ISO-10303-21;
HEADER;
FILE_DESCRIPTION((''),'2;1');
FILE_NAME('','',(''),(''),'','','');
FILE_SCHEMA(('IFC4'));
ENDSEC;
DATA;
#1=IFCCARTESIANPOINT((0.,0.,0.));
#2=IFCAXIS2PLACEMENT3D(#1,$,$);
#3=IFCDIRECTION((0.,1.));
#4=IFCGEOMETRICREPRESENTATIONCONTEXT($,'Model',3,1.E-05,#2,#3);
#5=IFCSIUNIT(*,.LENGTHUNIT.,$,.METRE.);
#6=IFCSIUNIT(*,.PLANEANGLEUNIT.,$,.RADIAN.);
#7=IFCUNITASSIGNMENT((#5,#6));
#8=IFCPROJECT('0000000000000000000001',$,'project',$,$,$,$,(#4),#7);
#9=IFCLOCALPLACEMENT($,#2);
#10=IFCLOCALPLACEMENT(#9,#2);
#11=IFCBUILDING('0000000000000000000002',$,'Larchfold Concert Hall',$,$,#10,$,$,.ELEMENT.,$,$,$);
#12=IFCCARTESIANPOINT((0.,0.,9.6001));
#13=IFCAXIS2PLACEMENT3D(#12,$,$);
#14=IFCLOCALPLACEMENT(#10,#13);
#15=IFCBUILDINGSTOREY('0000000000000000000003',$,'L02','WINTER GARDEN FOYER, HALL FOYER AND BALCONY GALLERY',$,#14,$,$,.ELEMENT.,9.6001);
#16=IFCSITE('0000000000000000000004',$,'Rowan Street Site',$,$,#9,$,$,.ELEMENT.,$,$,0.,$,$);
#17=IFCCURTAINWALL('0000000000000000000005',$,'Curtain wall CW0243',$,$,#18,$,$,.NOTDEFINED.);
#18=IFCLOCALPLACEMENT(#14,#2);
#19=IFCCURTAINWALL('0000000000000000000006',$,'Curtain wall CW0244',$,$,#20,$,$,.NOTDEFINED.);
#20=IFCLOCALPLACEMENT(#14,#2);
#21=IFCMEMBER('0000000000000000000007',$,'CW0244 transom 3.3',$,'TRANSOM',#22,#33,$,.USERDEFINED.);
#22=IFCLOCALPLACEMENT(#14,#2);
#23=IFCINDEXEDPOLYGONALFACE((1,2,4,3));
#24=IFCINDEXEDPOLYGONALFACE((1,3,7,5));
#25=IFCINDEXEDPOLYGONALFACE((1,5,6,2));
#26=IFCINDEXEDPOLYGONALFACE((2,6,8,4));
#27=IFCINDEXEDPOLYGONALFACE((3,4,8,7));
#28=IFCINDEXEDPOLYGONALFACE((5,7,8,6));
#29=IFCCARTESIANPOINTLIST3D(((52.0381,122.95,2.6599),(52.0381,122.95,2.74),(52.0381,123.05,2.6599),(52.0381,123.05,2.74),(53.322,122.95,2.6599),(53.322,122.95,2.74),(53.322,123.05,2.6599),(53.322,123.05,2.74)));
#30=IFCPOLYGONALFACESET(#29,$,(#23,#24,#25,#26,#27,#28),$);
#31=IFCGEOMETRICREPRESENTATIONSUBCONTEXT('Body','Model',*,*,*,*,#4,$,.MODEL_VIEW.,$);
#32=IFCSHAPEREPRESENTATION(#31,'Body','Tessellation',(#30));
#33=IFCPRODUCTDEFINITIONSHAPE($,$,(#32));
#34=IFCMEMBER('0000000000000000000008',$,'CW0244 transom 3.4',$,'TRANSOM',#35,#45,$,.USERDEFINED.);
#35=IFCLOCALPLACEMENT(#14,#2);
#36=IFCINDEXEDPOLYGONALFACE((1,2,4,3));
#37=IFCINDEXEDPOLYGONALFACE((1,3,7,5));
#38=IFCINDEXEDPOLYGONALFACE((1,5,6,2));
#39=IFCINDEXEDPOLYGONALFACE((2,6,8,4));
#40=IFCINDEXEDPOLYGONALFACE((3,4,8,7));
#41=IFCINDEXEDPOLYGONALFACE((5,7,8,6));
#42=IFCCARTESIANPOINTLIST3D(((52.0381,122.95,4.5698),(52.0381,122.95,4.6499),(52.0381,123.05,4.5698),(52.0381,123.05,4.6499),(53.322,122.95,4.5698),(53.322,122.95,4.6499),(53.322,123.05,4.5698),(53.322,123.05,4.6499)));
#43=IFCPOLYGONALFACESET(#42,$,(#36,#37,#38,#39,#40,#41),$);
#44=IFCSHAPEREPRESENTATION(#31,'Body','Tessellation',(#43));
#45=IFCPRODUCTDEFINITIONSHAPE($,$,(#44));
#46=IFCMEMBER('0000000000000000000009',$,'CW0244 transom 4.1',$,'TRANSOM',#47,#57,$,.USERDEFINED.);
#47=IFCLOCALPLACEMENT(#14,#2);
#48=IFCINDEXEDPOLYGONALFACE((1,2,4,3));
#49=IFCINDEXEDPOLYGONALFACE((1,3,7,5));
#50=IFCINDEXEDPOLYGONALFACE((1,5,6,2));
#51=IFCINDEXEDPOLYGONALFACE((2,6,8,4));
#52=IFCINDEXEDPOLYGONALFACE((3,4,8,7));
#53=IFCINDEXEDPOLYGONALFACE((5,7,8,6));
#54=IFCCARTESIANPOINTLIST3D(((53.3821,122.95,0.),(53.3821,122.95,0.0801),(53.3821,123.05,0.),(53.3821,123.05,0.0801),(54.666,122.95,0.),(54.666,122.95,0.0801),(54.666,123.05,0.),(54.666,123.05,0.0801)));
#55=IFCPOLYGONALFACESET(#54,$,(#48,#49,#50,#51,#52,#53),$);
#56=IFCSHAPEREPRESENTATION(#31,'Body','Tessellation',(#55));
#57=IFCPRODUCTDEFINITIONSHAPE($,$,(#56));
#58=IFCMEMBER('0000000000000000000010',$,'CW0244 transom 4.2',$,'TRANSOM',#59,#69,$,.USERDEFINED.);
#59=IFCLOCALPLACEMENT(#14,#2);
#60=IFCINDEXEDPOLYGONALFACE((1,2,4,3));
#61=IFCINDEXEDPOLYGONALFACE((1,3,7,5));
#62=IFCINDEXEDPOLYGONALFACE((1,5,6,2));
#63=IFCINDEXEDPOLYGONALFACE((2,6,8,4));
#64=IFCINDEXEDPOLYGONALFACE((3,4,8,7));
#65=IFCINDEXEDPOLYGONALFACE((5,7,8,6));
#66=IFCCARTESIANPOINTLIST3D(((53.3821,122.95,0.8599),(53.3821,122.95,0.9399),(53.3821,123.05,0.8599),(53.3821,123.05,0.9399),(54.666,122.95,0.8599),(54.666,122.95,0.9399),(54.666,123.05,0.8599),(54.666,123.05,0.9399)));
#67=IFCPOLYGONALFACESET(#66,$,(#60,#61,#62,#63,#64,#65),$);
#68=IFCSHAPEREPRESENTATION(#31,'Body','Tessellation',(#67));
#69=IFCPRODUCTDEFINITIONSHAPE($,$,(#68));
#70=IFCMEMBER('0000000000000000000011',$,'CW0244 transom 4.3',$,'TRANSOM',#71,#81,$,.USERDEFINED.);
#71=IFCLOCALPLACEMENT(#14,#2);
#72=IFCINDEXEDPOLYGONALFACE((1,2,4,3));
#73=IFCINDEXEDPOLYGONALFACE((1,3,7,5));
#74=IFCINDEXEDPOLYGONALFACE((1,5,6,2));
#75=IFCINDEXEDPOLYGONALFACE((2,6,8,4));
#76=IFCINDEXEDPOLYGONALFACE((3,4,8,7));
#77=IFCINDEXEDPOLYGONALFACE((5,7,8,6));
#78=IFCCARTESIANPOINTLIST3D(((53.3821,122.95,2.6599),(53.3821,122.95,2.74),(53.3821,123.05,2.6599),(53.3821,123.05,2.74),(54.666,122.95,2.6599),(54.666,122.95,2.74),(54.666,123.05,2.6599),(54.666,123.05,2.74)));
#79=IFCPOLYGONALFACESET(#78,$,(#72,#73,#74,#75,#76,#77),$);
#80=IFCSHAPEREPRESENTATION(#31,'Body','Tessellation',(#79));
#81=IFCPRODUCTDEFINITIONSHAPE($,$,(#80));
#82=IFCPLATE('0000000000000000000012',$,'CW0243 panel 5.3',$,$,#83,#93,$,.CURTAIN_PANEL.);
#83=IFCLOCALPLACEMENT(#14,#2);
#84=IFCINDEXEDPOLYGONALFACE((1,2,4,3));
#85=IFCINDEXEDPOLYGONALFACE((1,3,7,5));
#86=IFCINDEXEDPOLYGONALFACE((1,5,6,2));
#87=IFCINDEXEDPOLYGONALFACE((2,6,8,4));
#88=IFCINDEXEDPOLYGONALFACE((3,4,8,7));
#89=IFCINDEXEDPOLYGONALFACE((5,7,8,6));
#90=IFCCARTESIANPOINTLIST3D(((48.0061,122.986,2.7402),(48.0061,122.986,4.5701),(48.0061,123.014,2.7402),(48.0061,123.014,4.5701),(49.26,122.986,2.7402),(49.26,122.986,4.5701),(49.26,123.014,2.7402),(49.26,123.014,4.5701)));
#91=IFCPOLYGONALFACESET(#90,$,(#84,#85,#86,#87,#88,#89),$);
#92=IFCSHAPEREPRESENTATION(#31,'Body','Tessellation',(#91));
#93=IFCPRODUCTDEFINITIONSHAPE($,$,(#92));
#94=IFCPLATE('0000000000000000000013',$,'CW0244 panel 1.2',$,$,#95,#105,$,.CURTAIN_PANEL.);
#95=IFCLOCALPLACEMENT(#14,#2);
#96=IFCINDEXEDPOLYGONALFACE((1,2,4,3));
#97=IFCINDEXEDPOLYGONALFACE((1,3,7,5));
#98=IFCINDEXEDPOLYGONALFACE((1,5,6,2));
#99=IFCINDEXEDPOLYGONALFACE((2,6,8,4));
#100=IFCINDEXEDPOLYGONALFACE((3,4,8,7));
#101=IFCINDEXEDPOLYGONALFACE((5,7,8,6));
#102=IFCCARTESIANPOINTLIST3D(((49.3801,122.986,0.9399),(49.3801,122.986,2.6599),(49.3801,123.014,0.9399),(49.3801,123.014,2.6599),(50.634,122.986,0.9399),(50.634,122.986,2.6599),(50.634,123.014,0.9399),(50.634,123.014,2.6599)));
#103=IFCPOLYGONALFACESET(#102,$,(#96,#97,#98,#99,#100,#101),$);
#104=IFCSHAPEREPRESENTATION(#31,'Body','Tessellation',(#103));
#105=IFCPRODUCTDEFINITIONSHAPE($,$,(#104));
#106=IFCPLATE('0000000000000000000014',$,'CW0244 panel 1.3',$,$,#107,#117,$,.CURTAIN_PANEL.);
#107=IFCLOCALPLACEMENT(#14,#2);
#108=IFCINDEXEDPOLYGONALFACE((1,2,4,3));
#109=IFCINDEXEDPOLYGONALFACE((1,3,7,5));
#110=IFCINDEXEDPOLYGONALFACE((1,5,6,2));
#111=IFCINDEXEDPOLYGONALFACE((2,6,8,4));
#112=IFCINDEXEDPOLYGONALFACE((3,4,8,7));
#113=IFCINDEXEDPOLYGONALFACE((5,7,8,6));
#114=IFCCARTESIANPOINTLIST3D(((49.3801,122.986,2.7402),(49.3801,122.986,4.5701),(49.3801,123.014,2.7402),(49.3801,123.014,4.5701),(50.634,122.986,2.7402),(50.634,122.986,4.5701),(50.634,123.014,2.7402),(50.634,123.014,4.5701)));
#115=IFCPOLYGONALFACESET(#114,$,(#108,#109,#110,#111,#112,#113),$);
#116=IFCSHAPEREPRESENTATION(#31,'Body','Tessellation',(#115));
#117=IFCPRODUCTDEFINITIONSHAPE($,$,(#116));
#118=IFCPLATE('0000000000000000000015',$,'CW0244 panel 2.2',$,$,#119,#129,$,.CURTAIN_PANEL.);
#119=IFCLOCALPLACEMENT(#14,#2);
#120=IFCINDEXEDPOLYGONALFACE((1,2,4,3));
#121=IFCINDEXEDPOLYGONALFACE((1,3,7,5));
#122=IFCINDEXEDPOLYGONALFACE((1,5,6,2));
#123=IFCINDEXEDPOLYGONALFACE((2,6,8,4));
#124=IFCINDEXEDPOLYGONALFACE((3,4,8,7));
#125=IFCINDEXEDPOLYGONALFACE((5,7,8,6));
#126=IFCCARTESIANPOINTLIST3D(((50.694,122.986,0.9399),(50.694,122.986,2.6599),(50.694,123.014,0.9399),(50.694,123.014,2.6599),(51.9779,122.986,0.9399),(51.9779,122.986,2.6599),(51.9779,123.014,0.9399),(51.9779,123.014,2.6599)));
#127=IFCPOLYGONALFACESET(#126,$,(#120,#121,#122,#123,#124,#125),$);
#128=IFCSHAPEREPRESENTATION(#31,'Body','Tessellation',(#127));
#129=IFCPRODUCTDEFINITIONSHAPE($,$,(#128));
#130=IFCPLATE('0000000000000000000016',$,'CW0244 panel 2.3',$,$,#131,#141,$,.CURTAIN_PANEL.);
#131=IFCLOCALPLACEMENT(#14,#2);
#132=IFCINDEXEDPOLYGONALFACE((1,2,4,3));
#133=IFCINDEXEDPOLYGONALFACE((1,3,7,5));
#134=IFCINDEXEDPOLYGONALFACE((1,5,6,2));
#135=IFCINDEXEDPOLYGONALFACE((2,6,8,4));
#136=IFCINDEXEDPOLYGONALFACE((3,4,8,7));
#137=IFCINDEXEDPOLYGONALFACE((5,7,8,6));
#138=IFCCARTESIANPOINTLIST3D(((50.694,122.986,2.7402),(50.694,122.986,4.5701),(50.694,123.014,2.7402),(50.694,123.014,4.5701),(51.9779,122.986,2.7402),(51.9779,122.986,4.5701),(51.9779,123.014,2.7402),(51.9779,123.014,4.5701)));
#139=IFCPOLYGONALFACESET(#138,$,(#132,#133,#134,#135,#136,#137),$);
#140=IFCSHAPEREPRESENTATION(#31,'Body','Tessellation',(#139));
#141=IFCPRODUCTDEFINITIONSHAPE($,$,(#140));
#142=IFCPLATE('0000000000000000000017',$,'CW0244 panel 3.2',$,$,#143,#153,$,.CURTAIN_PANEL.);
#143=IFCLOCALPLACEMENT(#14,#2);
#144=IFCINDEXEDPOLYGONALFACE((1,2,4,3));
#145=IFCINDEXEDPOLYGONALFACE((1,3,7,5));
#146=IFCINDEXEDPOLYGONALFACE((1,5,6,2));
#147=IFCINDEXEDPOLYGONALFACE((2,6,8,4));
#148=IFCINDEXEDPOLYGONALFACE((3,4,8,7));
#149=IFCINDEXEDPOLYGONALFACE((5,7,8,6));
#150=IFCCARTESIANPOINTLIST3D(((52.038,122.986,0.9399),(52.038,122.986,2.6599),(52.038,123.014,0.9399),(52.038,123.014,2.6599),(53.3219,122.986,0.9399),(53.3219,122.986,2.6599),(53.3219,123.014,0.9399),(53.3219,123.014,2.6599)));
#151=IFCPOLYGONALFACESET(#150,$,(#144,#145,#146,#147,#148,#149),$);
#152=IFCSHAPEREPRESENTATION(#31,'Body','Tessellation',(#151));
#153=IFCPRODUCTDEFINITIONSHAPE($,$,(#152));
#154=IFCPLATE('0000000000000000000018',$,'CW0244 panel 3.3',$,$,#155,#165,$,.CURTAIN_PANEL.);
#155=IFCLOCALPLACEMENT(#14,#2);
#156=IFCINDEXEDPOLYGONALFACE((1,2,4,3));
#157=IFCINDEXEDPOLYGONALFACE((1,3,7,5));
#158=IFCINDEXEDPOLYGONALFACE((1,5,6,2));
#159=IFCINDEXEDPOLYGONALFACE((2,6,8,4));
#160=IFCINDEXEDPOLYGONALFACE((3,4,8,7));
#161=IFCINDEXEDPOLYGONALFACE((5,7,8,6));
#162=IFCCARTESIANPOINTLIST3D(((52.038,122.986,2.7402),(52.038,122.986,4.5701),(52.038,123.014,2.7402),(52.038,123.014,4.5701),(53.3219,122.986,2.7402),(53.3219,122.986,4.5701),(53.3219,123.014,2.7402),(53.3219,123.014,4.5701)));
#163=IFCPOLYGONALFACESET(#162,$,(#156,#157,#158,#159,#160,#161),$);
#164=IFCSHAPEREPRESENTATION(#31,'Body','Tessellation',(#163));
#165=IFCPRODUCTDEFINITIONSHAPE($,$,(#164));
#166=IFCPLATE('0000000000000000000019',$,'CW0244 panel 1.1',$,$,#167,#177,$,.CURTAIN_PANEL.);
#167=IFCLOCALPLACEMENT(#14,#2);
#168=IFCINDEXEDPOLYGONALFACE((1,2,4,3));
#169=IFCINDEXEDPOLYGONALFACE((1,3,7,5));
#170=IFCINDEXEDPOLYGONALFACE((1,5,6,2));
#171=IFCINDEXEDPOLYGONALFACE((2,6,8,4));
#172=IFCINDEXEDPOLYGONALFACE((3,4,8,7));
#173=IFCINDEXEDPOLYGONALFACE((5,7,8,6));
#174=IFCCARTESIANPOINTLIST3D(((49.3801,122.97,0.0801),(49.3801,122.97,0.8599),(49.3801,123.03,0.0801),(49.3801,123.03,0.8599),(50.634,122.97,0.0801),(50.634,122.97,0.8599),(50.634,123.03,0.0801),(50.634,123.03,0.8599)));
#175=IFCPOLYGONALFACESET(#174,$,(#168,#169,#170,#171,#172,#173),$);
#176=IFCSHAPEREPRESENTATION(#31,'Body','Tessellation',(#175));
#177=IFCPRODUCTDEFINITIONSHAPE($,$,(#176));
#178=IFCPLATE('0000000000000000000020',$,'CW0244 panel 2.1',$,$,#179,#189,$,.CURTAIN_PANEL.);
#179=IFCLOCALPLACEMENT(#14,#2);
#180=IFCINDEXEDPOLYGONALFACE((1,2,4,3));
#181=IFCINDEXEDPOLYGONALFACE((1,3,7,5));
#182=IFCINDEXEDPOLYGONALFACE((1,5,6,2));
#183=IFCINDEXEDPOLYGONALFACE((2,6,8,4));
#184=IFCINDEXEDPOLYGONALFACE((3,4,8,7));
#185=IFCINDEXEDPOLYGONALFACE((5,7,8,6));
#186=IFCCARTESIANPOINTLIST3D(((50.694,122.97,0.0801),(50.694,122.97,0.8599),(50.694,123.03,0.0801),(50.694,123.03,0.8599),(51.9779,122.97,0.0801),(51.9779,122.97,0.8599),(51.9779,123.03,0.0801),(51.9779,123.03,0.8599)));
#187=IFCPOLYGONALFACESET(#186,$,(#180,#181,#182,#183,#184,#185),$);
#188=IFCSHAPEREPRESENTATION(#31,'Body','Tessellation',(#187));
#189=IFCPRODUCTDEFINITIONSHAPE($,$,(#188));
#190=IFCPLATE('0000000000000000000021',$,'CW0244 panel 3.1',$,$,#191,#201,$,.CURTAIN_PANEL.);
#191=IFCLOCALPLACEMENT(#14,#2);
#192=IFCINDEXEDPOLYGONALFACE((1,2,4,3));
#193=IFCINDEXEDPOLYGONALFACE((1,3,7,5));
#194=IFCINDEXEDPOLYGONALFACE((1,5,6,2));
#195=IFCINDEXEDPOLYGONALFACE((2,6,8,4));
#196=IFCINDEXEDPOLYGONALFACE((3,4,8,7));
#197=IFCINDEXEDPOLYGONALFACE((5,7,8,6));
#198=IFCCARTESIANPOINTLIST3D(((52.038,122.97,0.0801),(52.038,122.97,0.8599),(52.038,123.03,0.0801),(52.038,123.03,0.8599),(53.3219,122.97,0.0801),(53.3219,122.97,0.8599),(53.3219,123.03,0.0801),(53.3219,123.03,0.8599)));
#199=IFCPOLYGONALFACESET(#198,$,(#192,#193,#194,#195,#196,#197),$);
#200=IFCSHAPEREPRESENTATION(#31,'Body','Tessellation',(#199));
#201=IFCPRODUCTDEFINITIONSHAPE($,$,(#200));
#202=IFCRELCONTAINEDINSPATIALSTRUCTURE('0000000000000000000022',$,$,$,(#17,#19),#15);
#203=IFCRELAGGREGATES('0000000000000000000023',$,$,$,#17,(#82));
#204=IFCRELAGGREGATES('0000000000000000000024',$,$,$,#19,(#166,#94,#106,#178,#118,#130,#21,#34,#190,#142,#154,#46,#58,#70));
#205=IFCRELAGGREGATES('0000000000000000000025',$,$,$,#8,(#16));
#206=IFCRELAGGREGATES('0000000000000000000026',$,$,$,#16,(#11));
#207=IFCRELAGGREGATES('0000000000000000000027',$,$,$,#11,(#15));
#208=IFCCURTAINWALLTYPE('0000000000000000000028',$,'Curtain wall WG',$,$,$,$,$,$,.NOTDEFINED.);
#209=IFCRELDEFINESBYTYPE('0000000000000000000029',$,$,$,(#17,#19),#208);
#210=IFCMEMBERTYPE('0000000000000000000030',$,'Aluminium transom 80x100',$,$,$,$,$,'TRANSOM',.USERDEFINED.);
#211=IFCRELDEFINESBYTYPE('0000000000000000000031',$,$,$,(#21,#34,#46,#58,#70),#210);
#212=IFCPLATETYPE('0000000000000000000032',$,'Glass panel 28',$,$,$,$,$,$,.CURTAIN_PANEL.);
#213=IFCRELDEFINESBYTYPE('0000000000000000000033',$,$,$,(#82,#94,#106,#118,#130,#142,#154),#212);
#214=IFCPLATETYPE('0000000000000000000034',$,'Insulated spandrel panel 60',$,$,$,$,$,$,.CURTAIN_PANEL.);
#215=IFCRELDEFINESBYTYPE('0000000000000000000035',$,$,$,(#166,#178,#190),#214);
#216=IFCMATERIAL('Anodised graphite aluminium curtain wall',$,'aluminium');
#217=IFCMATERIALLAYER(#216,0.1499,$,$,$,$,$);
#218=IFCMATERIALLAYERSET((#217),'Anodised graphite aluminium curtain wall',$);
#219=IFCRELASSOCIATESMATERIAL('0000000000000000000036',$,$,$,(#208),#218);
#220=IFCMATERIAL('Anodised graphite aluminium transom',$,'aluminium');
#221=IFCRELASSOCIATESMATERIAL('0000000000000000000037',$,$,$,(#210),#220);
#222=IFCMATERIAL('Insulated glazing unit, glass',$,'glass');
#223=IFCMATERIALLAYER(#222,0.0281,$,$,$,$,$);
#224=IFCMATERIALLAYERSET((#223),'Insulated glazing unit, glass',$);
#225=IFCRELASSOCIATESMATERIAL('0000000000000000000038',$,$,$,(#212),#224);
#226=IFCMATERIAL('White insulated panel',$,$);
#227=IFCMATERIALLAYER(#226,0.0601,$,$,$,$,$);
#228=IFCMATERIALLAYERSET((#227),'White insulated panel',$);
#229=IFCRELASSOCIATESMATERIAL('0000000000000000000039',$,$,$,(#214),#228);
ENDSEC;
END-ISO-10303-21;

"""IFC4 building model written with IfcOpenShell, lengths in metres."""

from ifc_helpers import new_model, si_unit, direction, frame, origin, origin_2d, place, context, subcontext, project, spatial, rectangle, extrude, material, layer, layer_set, material_profile, profile_set, type_object, element, aggregate, save


model = new_model("IFC4")

# Units and contexts
model_context = context("Model", 3, precision=1e-05, world=origin(), true_north=direction((0.0, 1.0)))
body_context = subcontext(model_context, "Body", "Model", "MODEL_VIEW")
ifc_project = project(units=[si_unit("LENGTHUNIT", "METRE"), si_unit("PLANEANGLEUNIT", "RADIAN")], contexts=[model_context])

# Site, building, storey
site_placement = place(None, origin())
site = spatial("IfcSite", under=ifc_project, at=site_placement, Name="Rowan Street Site", CompositionType="ELEMENT", RefElevation=0.0)
building_placement = place(site_placement, origin())
building = spatial("IfcBuilding", under=site, at=building_placement, Name="Larchfold Concert Hall", CompositionType="ELEMENT")
storey_placement = place(building_placement, frame((0.0, 0.0, 9.6001)))
storey = spatial("IfcBuildingStorey", under=building, at=storey_placement, Name="L02", Description="WINTER GARDEN FOYER, HALL FOYER AND BALCONY GALLERY", CompositionType="ELEMENT", Elevation=9.6001)

# Curtain wall
ifc_material_1 = material(Name="Anodised graphite aluminium curtain wall", Category="aluminium")
ifc_layer_1 = layer(ifc_material_1, 0.1499)
ifc_layer_set_1 = layer_set([ifc_layer_1], Name="Anodised graphite aluminium curtain wall")
curtain_wall_type = type_object("IfcCurtainWallType", Name="Curtain wall WG", PredefinedType="NOTDEFINED", material=ifc_layer_set_1)
curtain_wall_1_placement = place(storey_placement, origin())
curtain_wall_1 = element("IfcCurtainWall", 1, at=curtain_wall_1_placement, inside=storey, type_object=curtain_wall_type, Name="Curtain wall CW0243", PredefinedType="NOTDEFINED")

# Curtain wall, members
curtain_wall_2_placement = place(storey_placement, origin())
curtain_wall_2 = element("IfcCurtainWall", 2, at=curtain_wall_2_placement, inside=storey, type_object=curtain_wall_type, Name="Curtain wall CW0244", PredefinedType="NOTDEFINED")
ifc_material_2 = material(Name="Anodised graphite aluminium transom", Category="aluminium")
ifc_material_profile_1 = material_profile(ifc_material_2, rectangle(XDim=0.1001, YDim=0.0801, at=origin_2d()))
ifc_profile_set_1 = profile_set([ifc_material_profile_1], Name="Anodised graphite aluminium transom")
member_type_1 = type_object("IfcMemberType", Name="Aluminium transom 80x100", ElementType="TRANSOM", PredefinedType="USERDEFINED", material=ifc_profile_set_1)
member_1_placement = place(storey_placement, frame((52.0381, 123.0, 2.7), z_axis=(1.0, 0.0, 0.0), x_axis=(0.0, 1.0, 0.0)))
member_1 = element("IfcMember", 3, at=member_1_placement, type_object=member_type_1, Name="CW0244 transom 3.3", ObjectType="TRANSOM", PredefinedType="USERDEFINED", context=body_context, shape_type="SweptSolid", body=[
    extrude(rectangle(XDim=0.1001, YDim=0.0801, at=origin_2d()), origin(), (0.0, 0.0, 1.0), 1.2839),
])
member_2_placement = place(storey_placement, frame((52.0381, 123.0, 4.6099), z_axis=(1.0, 0.0, 0.0), x_axis=(0.0, 1.0, 0.0)))
member_2 = element("IfcMember", 4, at=member_2_placement, type_object=member_type_1, Name="CW0244 transom 3.4", ObjectType="TRANSOM", PredefinedType="USERDEFINED", context=body_context, shape_type="SweptSolid", body=[
    extrude(rectangle(XDim=0.1001, YDim=0.0801, at=origin_2d()), origin(), (0.0, 0.0, 1.0), 1.2839),
])
member_3_placement = place(storey_placement, frame((53.3821, 123.0, 0.04), z_axis=(1.0, 0.0, 0.0), x_axis=(0.0, 1.0, 0.0)))
member_3 = element("IfcMember", 5, at=member_3_placement, type_object=member_type_1, Name="CW0244 transom 4.1", ObjectType="TRANSOM", PredefinedType="USERDEFINED", context=body_context, shape_type="SweptSolid", body=[
    extrude(rectangle(XDim=0.1001, YDim=0.0801, at=origin_2d()), origin(), (0.0, 0.0, 1.0), 1.2839),
])
member_4_placement = place(storey_placement, frame((53.3821, 123.0, 0.8999), z_axis=(1.0, 0.0, 0.0), x_axis=(0.0, 1.0, 0.0)))
member_4 = element("IfcMember", 6, at=member_4_placement, type_object=member_type_1, Name="CW0244 transom 4.2", ObjectType="TRANSOM", PredefinedType="USERDEFINED", context=body_context, shape_type="SweptSolid", body=[
    extrude(rectangle(XDim=0.1001, YDim=0.0801, at=origin_2d()), origin(), (0.0, 0.0, 1.0), 1.2839),
])
member_5_placement = place(storey_placement, frame((53.3821, 123.0, 2.7), z_axis=(1.0, 0.0, 0.0), x_axis=(0.0, 1.0, 0.0)))
member_5 = element("IfcMember", 7, at=member_5_placement, type_object=member_type_1, Name="CW0244 transom 4.3", ObjectType="TRANSOM", PredefinedType="USERDEFINED", context=body_context, shape_type="SweptSolid", body=[
    extrude(rectangle(XDim=0.1001, YDim=0.0801, at=origin_2d()), origin(), (0.0, 0.0, 1.0), 1.2839),
])

# Plates
ifc_material_3 = material(Name="Insulated glazing unit, glass", Category="glass")
ifc_layer_2 = layer(ifc_material_3, 0.0281)
ifc_layer_set_2 = layer_set([ifc_layer_2], Name="Insulated glazing unit, glass")
plate_type_1 = type_object("IfcPlateType", Name="Glass panel 28", PredefinedType="CURTAIN_PANEL", material=ifc_layer_set_2)
plate_1_placement = place(storey_placement, frame((48.6331, 123.0, 2.7402), z_axis=(0.0, 0.0, 1.0), x_axis=(1.0, 0.0, 0.0)))
plate_1 = element("IfcPlate", 8, at=plate_1_placement, type_object=plate_type_1, Name="CW0243 panel 5.3", PredefinedType="CURTAIN_PANEL", context=body_context, shape_type="SweptSolid", body=[
    extrude(rectangle(XDim=1.2539, YDim=0.0281, at=origin_2d()), origin(), (0.0, 0.0, 1.0), 1.8298),
])
aggregate(curtain_wall_1, [plate_1])
plate_2_placement = place(storey_placement, frame((50.0071, 123.0, 0.9399), z_axis=(0.0, 0.0, 1.0), x_axis=(1.0, 0.0, 0.0)))
plate_2 = element("IfcPlate", 9, at=plate_2_placement, type_object=plate_type_1, Name="CW0244 panel 1.2", PredefinedType="CURTAIN_PANEL", context=body_context, shape_type="SweptSolid", body=[
    extrude(rectangle(XDim=1.2539, YDim=0.0281, at=origin_2d()), origin(), (0.0, 0.0, 1.0), 1.72),
])
plate_3_placement = place(storey_placement, frame((50.0071, 123.0, 2.7402), z_axis=(0.0, 0.0, 1.0), x_axis=(1.0, 0.0, 0.0)))
plate_3 = element("IfcPlate", 10, at=plate_3_placement, type_object=plate_type_1, Name="CW0244 panel 1.3", PredefinedType="CURTAIN_PANEL", context=body_context, shape_type="SweptSolid", body=[
    extrude(rectangle(XDim=1.2539, YDim=0.0281, at=origin_2d()), origin(), (0.0, 0.0, 1.0), 1.8298),
])
plate_4_placement = place(storey_placement, frame((51.3359, 123.0, 0.9399), z_axis=(0.0, 0.0, 1.0), x_axis=(1.0, 0.0, 0.0)))
plate_4 = element("IfcPlate", 11, at=plate_4_placement, type_object=plate_type_1, Name="CW0244 panel 2.2", PredefinedType="CURTAIN_PANEL", context=body_context, shape_type="SweptSolid", body=[
    extrude(rectangle(XDim=1.2839, YDim=0.0281, at=origin_2d()), origin(), (0.0, 0.0, 1.0), 1.72),
])
plate_5_placement = place(storey_placement, frame((51.3359, 123.0, 2.7402), z_axis=(0.0, 0.0, 1.0), x_axis=(1.0, 0.0, 0.0)))
plate_5 = element("IfcPlate", 12, at=plate_5_placement, type_object=plate_type_1, Name="CW0244 panel 2.3", PredefinedType="CURTAIN_PANEL", context=body_context, shape_type="SweptSolid", body=[
    extrude(rectangle(XDim=1.2839, YDim=0.0281, at=origin_2d()), origin(), (0.0, 0.0, 1.0), 1.8298),
])
plate_6_placement = place(storey_placement, frame((52.6799, 123.0, 0.9399), z_axis=(0.0, 0.0, 1.0), x_axis=(1.0, 0.0, 0.0)))
plate_6 = element("IfcPlate", 13, at=plate_6_placement, type_object=plate_type_1, Name="CW0244 panel 3.2", PredefinedType="CURTAIN_PANEL", context=body_context, shape_type="SweptSolid", body=[
    extrude(rectangle(XDim=1.2839, YDim=0.0281, at=origin_2d()), origin(), (0.0, 0.0, 1.0), 1.72),
])
plate_7_placement = place(storey_placement, frame((52.6799, 123.0, 2.7402), z_axis=(0.0, 0.0, 1.0), x_axis=(1.0, 0.0, 0.0)))
plate_7 = element("IfcPlate", 14, at=plate_7_placement, type_object=plate_type_1, Name="CW0244 panel 3.3", PredefinedType="CURTAIN_PANEL", context=body_context, shape_type="SweptSolid", body=[
    extrude(rectangle(XDim=1.2839, YDim=0.0281, at=origin_2d()), origin(), (0.0, 0.0, 1.0), 1.8298),
])
ifc_material_4 = material(Name="White insulated panel")
ifc_layer_3 = layer(ifc_material_4, 0.0601)
ifc_layer_set_3 = layer_set([ifc_layer_3], Name="White insulated panel")
plate_type_2 = type_object("IfcPlateType", Name="Insulated spandrel panel 60", PredefinedType="CURTAIN_PANEL", material=ifc_layer_set_3)
plate_8_placement = place(storey_placement, frame((50.0071, 123.0, 0.0801), z_axis=(0.0, 0.0, 1.0), x_axis=(1.0, 0.0, 0.0)))
plate_8 = element("IfcPlate", 15, at=plate_8_placement, type_object=plate_type_2, Name="CW0244 panel 1.1", PredefinedType="CURTAIN_PANEL", context=body_context, shape_type="SweptSolid", body=[
    extrude(rectangle(XDim=1.2539, YDim=0.0601, at=origin_2d()), origin(), (0.0, 0.0, 1.0), 0.7798),
])
plate_9_placement = place(storey_placement, frame((51.3359, 123.0, 0.0801), z_axis=(0.0, 0.0, 1.0), x_axis=(1.0, 0.0, 0.0)))
plate_9 = element("IfcPlate", 16, at=plate_9_placement, type_object=plate_type_2, Name="CW0244 panel 2.1", PredefinedType="CURTAIN_PANEL", context=body_context, shape_type="SweptSolid", body=[
    extrude(rectangle(XDim=1.2839, YDim=0.0601, at=origin_2d()), origin(), (0.0, 0.0, 1.0), 0.7798),
])
plate_10_placement = place(storey_placement, frame((52.6799, 123.0, 0.0801), z_axis=(0.0, 0.0, 1.0), x_axis=(1.0, 0.0, 0.0)))
plate_10 = element("IfcPlate", 17, at=plate_10_placement, type_object=plate_type_2, Name="CW0244 panel 3.1", PredefinedType="CURTAIN_PANEL", context=body_context, shape_type="SweptSolid", body=[
    extrude(rectangle(XDim=1.2839, YDim=0.0601, at=origin_2d()), origin(), (0.0, 0.0, 1.0), 0.7798),
])
aggregate(curtain_wall_2, [plate_8, plate_2, plate_3, plate_9, plate_4, plate_5, member_1, member_2, plate_10, plate_6, plate_7, member_3, member_4, member_5])

save(model, "model.ifc")
